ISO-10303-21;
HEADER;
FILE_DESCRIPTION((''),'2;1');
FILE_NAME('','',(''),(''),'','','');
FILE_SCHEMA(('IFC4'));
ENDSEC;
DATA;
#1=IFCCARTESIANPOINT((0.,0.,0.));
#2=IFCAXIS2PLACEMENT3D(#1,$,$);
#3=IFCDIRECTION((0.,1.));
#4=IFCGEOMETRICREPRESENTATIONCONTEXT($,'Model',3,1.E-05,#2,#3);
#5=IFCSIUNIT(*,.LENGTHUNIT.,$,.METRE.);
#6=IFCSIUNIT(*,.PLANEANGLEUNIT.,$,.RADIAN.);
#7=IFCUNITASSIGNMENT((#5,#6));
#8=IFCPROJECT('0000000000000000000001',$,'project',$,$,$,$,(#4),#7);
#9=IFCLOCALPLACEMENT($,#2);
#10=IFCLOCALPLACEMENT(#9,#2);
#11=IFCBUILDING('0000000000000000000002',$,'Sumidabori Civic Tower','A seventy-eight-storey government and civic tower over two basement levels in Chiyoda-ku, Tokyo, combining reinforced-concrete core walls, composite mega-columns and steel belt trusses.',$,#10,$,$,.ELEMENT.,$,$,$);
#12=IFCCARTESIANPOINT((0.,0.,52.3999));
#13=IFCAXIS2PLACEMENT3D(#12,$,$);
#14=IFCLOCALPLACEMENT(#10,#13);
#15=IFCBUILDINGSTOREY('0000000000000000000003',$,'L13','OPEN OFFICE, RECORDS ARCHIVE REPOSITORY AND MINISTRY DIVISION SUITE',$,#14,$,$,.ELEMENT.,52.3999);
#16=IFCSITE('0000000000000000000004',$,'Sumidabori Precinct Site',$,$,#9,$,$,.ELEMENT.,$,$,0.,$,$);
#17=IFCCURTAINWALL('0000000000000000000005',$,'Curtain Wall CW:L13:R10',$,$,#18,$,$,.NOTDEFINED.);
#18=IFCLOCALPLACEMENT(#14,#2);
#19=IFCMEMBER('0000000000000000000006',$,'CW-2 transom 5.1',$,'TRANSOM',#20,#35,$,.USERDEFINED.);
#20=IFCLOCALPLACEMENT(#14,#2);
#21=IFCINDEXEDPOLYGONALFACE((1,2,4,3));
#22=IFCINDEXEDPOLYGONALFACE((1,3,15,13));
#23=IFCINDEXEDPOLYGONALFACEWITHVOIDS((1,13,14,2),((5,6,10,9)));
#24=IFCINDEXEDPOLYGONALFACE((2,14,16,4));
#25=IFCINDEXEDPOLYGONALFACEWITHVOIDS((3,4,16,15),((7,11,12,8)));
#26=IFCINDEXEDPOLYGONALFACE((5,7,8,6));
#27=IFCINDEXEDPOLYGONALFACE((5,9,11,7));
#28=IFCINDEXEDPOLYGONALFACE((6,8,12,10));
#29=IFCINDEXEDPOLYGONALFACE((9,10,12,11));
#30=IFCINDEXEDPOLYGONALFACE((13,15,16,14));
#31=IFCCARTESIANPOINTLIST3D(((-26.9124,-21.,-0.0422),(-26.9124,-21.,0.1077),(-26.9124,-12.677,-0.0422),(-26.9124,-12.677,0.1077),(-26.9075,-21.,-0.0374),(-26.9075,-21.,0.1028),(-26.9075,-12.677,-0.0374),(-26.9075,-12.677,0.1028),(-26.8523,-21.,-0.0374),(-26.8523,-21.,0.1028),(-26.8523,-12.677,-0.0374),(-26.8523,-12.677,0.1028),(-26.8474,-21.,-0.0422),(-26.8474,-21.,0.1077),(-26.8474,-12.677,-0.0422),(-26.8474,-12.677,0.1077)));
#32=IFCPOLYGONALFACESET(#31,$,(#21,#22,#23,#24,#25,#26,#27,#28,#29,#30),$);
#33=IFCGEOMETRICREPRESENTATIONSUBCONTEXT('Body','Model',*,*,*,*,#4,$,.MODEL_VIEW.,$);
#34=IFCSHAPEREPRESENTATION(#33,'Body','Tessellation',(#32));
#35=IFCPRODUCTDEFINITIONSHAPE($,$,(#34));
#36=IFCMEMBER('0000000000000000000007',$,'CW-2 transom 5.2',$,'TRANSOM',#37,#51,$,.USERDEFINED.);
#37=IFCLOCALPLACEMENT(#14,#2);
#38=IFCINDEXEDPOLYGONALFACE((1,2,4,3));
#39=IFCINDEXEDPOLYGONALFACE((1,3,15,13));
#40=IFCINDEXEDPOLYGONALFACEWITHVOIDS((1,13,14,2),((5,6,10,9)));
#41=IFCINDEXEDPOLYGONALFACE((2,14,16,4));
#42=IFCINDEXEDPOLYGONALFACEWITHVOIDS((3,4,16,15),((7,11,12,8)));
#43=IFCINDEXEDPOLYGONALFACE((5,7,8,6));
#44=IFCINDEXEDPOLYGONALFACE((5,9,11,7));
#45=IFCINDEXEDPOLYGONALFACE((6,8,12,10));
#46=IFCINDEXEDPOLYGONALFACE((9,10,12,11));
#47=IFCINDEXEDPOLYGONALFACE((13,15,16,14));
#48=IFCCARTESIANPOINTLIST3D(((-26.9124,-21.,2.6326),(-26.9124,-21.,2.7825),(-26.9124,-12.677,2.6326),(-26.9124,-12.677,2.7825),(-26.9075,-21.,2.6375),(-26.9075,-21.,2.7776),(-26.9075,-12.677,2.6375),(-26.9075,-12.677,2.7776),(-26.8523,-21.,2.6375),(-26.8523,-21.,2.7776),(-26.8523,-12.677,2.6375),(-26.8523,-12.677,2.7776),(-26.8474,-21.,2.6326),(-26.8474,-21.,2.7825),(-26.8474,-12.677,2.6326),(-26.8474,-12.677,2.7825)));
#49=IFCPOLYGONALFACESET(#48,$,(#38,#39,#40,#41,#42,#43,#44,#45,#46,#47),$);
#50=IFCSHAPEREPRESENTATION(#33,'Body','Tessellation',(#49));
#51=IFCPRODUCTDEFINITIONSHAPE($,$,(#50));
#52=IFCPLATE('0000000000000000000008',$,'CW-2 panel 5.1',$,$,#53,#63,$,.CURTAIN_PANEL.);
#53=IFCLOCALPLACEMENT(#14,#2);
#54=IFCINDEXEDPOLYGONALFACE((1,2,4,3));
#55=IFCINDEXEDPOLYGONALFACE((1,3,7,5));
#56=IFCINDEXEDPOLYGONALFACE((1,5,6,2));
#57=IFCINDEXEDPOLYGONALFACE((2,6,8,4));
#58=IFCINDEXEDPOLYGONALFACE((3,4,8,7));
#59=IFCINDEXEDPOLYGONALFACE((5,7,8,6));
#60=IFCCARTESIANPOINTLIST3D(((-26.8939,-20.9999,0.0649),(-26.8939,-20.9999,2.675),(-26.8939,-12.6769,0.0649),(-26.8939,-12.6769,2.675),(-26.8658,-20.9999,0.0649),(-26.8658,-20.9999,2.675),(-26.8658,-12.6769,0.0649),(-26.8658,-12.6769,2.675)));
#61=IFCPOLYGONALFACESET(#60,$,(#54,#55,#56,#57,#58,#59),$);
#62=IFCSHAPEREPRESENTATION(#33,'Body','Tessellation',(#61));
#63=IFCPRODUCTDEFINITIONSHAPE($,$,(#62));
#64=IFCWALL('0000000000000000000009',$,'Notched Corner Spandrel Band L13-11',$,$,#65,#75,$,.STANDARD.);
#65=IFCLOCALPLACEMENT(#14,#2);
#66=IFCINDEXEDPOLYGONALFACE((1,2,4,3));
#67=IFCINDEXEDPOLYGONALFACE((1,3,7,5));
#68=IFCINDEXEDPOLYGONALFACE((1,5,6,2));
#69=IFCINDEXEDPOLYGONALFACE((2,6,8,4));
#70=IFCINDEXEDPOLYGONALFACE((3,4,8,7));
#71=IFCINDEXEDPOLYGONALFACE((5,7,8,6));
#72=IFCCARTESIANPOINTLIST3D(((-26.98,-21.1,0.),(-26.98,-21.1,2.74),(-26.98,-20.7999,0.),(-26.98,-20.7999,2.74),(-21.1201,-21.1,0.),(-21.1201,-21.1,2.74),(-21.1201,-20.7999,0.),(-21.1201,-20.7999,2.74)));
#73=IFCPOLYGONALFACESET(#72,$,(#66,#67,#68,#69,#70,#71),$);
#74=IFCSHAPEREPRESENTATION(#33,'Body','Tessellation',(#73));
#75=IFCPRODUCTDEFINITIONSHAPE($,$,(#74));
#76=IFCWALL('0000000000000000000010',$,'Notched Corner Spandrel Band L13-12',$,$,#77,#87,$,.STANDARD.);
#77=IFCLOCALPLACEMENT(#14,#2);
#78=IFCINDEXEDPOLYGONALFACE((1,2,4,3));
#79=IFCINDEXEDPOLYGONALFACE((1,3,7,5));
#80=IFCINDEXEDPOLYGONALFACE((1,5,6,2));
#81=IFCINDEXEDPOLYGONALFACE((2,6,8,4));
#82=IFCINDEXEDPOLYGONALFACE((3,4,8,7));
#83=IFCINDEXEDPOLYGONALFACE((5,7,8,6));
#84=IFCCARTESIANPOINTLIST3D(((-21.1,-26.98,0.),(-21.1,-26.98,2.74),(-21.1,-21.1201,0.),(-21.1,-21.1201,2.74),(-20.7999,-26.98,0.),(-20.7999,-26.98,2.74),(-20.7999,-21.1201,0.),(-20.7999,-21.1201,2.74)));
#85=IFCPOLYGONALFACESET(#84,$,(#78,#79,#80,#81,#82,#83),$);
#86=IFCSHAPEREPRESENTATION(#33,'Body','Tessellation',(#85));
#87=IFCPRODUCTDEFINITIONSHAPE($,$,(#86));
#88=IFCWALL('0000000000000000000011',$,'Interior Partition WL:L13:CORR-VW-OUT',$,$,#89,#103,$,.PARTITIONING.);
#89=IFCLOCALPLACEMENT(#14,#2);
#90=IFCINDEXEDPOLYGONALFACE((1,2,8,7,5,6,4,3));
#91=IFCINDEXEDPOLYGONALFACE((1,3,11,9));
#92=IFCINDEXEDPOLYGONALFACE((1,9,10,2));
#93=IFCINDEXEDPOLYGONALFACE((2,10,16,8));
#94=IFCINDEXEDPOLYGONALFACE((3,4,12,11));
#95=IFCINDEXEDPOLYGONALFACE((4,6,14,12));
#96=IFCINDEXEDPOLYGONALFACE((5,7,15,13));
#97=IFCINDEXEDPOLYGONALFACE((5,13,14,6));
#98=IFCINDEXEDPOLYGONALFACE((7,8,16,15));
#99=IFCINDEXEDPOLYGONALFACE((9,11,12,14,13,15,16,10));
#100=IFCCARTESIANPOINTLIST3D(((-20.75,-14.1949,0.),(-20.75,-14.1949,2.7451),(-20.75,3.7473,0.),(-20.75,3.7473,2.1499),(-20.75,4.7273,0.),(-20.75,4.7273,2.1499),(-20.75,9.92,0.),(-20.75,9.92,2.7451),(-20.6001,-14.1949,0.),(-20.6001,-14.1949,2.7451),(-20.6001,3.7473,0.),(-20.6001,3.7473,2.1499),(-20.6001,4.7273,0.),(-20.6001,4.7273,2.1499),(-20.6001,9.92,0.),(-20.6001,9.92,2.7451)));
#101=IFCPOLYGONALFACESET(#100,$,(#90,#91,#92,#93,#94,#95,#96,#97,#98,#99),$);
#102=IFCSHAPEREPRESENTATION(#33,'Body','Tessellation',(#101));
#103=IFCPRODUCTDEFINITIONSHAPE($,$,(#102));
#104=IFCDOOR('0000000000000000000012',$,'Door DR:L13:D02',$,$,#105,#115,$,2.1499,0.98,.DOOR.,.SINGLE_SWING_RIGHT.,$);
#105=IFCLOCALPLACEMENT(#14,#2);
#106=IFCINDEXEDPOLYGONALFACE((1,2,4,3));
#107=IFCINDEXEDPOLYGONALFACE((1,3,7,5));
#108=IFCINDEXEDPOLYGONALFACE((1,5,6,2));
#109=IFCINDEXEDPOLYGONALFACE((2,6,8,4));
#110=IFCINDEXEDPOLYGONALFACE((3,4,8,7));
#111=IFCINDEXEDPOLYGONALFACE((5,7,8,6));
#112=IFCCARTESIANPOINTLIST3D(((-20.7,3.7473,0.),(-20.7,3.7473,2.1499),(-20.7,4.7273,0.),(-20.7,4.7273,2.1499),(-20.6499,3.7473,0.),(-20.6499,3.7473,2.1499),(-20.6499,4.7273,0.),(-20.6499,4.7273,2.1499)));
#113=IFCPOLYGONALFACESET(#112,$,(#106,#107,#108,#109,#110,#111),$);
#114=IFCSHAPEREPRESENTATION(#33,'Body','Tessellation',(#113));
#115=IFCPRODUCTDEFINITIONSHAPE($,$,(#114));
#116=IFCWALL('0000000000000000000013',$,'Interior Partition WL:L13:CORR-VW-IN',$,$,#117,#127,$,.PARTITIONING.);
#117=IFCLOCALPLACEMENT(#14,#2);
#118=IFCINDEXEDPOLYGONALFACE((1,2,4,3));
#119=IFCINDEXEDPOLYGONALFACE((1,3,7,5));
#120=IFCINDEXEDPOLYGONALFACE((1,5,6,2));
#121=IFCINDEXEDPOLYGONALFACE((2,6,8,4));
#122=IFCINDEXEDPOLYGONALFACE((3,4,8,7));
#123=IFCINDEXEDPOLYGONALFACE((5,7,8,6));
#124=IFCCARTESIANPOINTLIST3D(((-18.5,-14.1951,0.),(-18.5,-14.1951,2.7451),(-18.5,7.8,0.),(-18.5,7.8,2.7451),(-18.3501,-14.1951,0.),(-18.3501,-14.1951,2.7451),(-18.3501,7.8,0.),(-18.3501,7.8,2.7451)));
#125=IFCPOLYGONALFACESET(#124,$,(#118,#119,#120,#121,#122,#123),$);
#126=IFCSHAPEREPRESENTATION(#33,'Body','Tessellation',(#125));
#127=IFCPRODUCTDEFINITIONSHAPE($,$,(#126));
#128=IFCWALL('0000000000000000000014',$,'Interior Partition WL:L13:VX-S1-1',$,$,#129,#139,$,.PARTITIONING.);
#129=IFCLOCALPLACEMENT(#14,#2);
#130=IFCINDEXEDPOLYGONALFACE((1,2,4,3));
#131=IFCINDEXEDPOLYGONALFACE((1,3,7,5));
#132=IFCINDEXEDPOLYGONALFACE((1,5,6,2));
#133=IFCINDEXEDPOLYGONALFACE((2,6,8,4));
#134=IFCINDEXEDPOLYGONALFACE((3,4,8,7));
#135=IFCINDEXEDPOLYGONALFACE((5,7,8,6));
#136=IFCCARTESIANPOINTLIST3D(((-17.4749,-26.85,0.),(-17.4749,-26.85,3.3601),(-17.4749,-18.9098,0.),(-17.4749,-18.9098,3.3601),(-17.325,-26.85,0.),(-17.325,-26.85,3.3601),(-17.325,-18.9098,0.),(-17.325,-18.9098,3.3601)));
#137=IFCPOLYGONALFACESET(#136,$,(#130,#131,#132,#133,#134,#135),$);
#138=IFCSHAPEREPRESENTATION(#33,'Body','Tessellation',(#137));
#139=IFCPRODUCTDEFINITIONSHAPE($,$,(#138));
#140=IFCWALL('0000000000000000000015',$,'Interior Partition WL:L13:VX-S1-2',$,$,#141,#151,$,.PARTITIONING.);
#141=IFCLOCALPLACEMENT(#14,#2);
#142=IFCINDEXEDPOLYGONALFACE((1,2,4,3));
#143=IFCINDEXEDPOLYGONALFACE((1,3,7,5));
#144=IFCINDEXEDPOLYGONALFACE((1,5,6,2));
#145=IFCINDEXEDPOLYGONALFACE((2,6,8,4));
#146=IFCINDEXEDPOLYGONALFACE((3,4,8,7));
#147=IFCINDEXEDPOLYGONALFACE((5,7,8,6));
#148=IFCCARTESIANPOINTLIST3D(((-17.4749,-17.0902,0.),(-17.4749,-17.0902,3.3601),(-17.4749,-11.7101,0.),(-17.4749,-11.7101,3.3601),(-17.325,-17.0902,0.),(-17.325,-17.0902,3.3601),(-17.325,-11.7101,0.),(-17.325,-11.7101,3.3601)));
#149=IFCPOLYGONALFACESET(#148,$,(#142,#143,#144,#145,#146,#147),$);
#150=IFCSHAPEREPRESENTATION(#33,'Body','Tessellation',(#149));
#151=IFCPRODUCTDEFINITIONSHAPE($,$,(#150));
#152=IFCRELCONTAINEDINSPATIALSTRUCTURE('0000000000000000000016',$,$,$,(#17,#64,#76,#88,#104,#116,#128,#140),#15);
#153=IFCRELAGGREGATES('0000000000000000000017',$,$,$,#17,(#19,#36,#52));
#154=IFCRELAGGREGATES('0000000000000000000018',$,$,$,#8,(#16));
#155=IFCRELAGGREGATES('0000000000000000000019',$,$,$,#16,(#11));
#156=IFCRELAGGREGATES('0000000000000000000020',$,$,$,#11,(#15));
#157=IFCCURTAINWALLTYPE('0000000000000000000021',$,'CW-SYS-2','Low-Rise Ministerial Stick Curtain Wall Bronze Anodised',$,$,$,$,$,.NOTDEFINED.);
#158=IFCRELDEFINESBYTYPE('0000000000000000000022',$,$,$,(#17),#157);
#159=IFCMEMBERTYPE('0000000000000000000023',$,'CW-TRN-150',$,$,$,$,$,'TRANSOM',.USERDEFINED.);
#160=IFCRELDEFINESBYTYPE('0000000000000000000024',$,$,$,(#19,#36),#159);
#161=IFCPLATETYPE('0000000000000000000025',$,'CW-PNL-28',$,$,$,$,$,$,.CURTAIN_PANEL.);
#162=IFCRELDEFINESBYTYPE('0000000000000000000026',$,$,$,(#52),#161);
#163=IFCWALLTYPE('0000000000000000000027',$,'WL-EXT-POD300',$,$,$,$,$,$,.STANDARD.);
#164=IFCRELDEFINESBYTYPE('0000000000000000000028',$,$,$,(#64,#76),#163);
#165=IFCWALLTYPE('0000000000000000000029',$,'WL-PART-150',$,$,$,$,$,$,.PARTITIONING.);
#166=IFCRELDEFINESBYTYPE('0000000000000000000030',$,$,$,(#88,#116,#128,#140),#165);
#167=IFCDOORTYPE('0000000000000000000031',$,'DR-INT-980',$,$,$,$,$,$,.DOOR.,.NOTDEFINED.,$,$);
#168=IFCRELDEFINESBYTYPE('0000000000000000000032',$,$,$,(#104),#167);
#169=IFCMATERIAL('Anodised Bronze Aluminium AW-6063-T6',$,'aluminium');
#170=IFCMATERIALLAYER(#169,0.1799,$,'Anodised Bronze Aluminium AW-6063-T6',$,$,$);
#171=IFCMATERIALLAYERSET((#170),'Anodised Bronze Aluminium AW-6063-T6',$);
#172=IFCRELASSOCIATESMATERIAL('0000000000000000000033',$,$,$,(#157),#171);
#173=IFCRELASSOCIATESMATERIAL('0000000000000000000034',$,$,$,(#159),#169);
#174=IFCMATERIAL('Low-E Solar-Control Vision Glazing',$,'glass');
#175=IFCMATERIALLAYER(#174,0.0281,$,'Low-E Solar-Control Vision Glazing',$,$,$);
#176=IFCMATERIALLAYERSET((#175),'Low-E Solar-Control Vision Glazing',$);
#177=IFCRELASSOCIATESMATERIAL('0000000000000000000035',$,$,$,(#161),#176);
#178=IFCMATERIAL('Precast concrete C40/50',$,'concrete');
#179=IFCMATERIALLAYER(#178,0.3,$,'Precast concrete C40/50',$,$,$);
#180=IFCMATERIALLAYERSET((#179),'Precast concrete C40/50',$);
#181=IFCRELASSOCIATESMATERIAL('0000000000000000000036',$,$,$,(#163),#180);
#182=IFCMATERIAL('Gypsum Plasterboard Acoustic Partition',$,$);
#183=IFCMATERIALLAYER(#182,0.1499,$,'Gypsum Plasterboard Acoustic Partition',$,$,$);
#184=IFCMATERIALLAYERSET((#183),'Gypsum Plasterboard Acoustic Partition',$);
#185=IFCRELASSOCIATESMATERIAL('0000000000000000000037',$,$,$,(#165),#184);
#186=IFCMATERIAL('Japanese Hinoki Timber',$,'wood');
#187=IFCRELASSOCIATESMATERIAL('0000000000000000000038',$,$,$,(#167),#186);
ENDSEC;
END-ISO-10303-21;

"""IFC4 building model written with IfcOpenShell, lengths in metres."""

from ifc_helpers import new_model, si_unit, direction, frame, frame_2d, origin, origin_2d, place, context, subcontext, project, spatial, rectangle, hollow_rectangle, extrude, source, transform, mapped, material, layer, layer_set, material_profile, profile_set, type_object, element, fill, aggregate, save


model = new_model("IFC4")

# Units and contexts
model_context = context("Model", 3, precision=1e-05, world=origin(), true_north=direction((0.0, 1.0)))
body_context = subcontext(model_context, "Body", "Model", "MODEL_VIEW")
ifc_project = project(units=[si_unit("LENGTHUNIT", "METRE"), si_unit("PLANEANGLEUNIT", "RADIAN")], contexts=[model_context])

# Site, building, storey
site_placement = place(None, origin())
site = spatial("IfcSite", under=ifc_project, at=site_placement, Name="Sumidabori Precinct Site", CompositionType="ELEMENT", RefElevation=0.0)
building_placement = place(site_placement, origin())
building = spatial("IfcBuilding", under=site, at=building_placement, Name="Sumidabori Civic Tower", Description="A seventy-eight-storey government and civic tower over two basement levels in Chiyoda-ku, Tokyo, combining reinforced-concrete core walls, composite mega-columns and steel belt trusses.", CompositionType="ELEMENT")
storey_placement = place(building_placement, frame((0.0, 0.0, 52.3999)))
storey = spatial("IfcBuildingStorey", under=building, at=storey_placement, Name="L13", Description="OPEN OFFICE, RECORDS ARCHIVE REPOSITORY AND MINISTRY DIVISION SUITE", CompositionType="ELEMENT", Elevation=52.3999)

# Shared definitions
ifc_material_1 = material(Name="Anodised Bronze Aluminium AW-6063-T6", Category="aluminium")
ifc_layer_1 = layer(ifc_material_1, 0.1799, Name="Anodised Bronze Aluminium AW-6063-T6")
ifc_layer_set_1 = layer_set([ifc_layer_1], Name="Anodised Bronze Aluminium AW-6063-T6")
curtain_wall_type = type_object("IfcCurtainWallType", Name="CW-SYS-2", Description="Low-Rise Ministerial Stick Curtain Wall Bronze Anodised", PredefinedType="NOTDEFINED", material=ifc_layer_set_1)

# Curtain wall
curtain_wall_1_placement = place(storey_placement, origin())
curtain_wall_1 = element("IfcCurtainWall", 1, at=curtain_wall_1_placement, inside=storey, type_object=curtain_wall_type, Name="Curtain Wall CW:L13:R10", PredefinedType="NOTDEFINED")

# Members
ifc_material_profile_1 = material_profile(ifc_material_1, hollow_rectangle(XDim=0.0649, YDim=0.1499, WallThickness=0.0049, at=origin_2d()), Name="ALU TRANSOM 150x65")
ifc_profile_set_1 = profile_set([ifc_material_profile_1], Name="Anodised Bronze Aluminium AW-6063-T6")
member_type_1 = type_object("IfcMemberType", Name="CW-TRN-150", ElementType="TRANSOM", PredefinedType="USERDEFINED", material=ifc_profile_set_1)
shared_shape_1 = source(origin(), body_context, "Body", "SweptSolid", [
    extrude(hollow_rectangle(XDim=0.0649, YDim=0.1499, WallThickness=0.0049, at=origin_2d()), origin(), (0.0, 0.0, 1.0), 8.323),
])
member_1_placement = place(storey_placement, frame((-26.8799, -12.677, 0.0327), z_axis=(0.0, -1.0, 0.0), x_axis=(1.0, 0.0, 0.0)))
member_1 = element("IfcMember", 2, at=member_1_placement, type_object=member_type_1, Name="CW-2 transom 5.1", ObjectType="TRANSOM", PredefinedType="USERDEFINED", context=body_context, shape_type="MappedRepresentation", body=[
    mapped(shared_shape_1, transform((0.0, 0.0, 0.0), x_axis=(1.0, 0.0, 0.0), y_axis=(0.0, 1.0, 0.0), z_axis=(0.0, 0.0, 1.0), scale=1.0)),
])
member_2_placement = place(storey_placement, frame((-26.8799, -12.677, 2.7075), z_axis=(0.0, -1.0, 0.0), x_axis=(1.0, 0.0, 0.0)))
member_2 = element("IfcMember", 3, at=member_2_placement, type_object=member_type_1, Name="CW-2 transom 5.2", ObjectType="TRANSOM", PredefinedType="USERDEFINED", context=body_context, shape_type="MappedRepresentation", body=[
    mapped(shared_shape_1, transform((0.0, 0.0, 0.0), x_axis=(1.0, 0.0, 0.0), y_axis=(0.0, 1.0, 0.0), z_axis=(0.0, 0.0, 1.0), scale=1.0)),
])

# Plate
ifc_material_2 = material(Name="Low-E Solar-Control Vision Glazing", Category="glass")
ifc_layer_2 = layer(ifc_material_2, 0.0281, Name="Low-E Solar-Control Vision Glazing")
ifc_layer_set_2 = layer_set([ifc_layer_2], Name="Low-E Solar-Control Vision Glazing")
plate_type = type_object("IfcPlateType", Name="CW-PNL-28", PredefinedType="CURTAIN_PANEL", material=ifc_layer_set_2)
shared_shape_2 = source(origin(), body_context, "Body", "SweptSolid", [
    extrude(rectangle(XDim=8.323, YDim=0.0281, at=origin_2d()), origin(), (0.0, 0.0, 1.0), 2.6101),
])
plate_placement = place(storey_placement, frame((-26.8799, -16.8384, 0.0649), z_axis=(0.0, 0.0, 1.0), x_axis=(0.0, -1.0, 0.0)))
plate = element("IfcPlate", 4, at=plate_placement, type_object=plate_type, Name="CW-2 panel 5.1", PredefinedType="CURTAIN_PANEL", context=body_context, shape_type="MappedRepresentation", body=[
    mapped(shared_shape_2, transform((0.0, 0.0, 0.0), x_axis=(1.0, 0.0, 0.0), y_axis=(0.0, 1.0, 0.0), z_axis=(0.0, 0.0, 1.0), scale=1.0)),
])
aggregate(curtain_wall_1, [member_1, member_2, plate])

# Walls
ifc_material_3 = material(Name="Precast concrete C40/50", Category="concrete")
ifc_layer_3 = layer(ifc_material_3, 0.3, Name="Precast concrete C40/50")
ifc_layer_set_3 = layer_set([ifc_layer_3], Name="Precast concrete C40/50")
wall_type_1 = type_object("IfcWallType", Name="WL-EXT-POD300", PredefinedType="STANDARD", material=ifc_layer_set_3)
shared_shape_3 = source(origin(), body_context, "Body", "SweptSolid", [
    extrude(rectangle(XDim=5.8599, YDim=0.3, at=frame_2d((2.9299, 0.0))), origin(), (0.0, 0.0, 1.0), 2.74),
])
for number, where, z_axis, x_axis, name in (
    (5, (-26.98, -20.95, 0.0), (0.0, 0.0, 1.0), (1.0, 0.0, 0.0), "Notched Corner Spandrel Band L13-11"),
    (6, (-20.95, -21.1201, 0.0), (0.0, 0.0, 1.0), (0.0, -1.0, 0.0), "Notched Corner Spandrel Band L13-12"),
):
    element("IfcWall", number, at=place(storey_placement, frame(where, z_axis=z_axis, x_axis=x_axis)), inside=storey, type_object=wall_type_1, Name=name, PredefinedType="STANDARD", context=body_context, shape_type="MappedRepresentation", body=[
        mapped(shared_shape_3, transform((0.0, 0.0, 0.0), x_axis=(1.0, 0.0, 0.0), y_axis=(0.0, 1.0, 0.0), z_axis=(0.0, 0.0, 1.0), scale=1.0)),
    ])

# Wall, opening, door
ifc_material_4 = material(Name="Gypsum Plasterboard Acoustic Partition")
ifc_layer_4 = layer(ifc_material_4, 0.1499, Name="Gypsum Plasterboard Acoustic Partition")
ifc_layer_set_4 = layer_set([ifc_layer_4], Name="Gypsum Plasterboard Acoustic Partition")
wall_type_2 = type_object("IfcWallType", Name="WL-PART-150", PredefinedType="PARTITIONING", material=ifc_layer_set_4)
shared_shape_4 = source(origin(), body_context, "Body", "SweptSolid", [
    extrude(rectangle(XDim=24.115, YDim=0.1499, at=frame_2d((12.0576, 0.0))), origin(), (0.0, 0.0, 1.0), 2.7451),
])
wall_1_placement = place(storey_placement, frame((-20.675, -14.1951, 0.0), z_axis=(0.0, 0.0, 1.0), x_axis=(0.0, 1.0, 0.0)))
wall_1 = element("IfcWall", 7, at=wall_1_placement, inside=storey, type_object=wall_type_2, Name="Interior Partition WL:L13:CORR-VW-OUT", PredefinedType="PARTITIONING", context=body_context, shape_type="MappedRepresentation", body=[
    mapped(shared_shape_4, transform((0.0, 0.0, 0.0), x_axis=(1.0, 0.0, 0.0), y_axis=(0.0, 1.0, 0.0), z_axis=(0.0, 0.0, 1.0), scale=1.0)),
])
opening_1_placement = place(wall_1_placement, frame((17.9424, 0.0, 0.0)))
opening_1 = element("IfcOpeningElement", 8, at=opening_1_placement, cuts=wall_1, PredefinedType="OPENING", context=body_context, shape_type="SweptSolid", body=[
    extrude(rectangle(XDim=0.98, YDim=2.1499, at=frame_2d((0.49, 1.075))), frame((0.0, 0.0869, 0.0), z_axis=(0.0, -1.0, 0.0), x_axis=(1.0, 0.0, 0.0)), (0.0, 0.0, 1.0), 0.1738),
])
ifc_material_5 = material(Name="Japanese Hinoki Timber", Category="wood")
door_type = type_object("IfcDoorType", Name="DR-INT-980", OperationType="NOTDEFINED", PredefinedType="DOOR", material=ifc_material_5)
shared_shape_5 = source(origin(), body_context, "Body", "SweptSolid", [
    extrude(rectangle(XDim=0.98, YDim=2.1499, at=frame_2d((0.49, 1.075))), frame((0.0, 0.0249, 0.0), z_axis=(0.0, -1.0, 0.0), x_axis=(1.0, 0.0, 0.0)), (0.0, 0.0, 1.0), 0.05),
])
door_1_placement = place(opening_1_placement, origin())
door_1 = element("IfcDoor", 9, at=door_1_placement, inside=storey, type_object=door_type, Name="Door DR:L13:D02", OperationType="SINGLE_SWING_RIGHT", OverallHeight=2.1499, OverallWidth=0.98, PredefinedType="DOOR", context=body_context, shape_type="MappedRepresentation", body=[
    mapped(shared_shape_5, transform((0.0, 0.0, 0.0), x_axis=(1.0, 0.0, 0.0), y_axis=(0.0, 1.0, 0.0), z_axis=(0.0, 0.0, 1.0), scale=1.0)),
])
fill(opening_1, door_1)

# Walls
shared_shape_6 = source(origin(), body_context, "Body", "SweptSolid", [
    extrude(rectangle(XDim=21.9951, YDim=0.1499, at=frame_2d((10.9976, 0.0))), origin(), (0.0, 0.0, 1.0), 2.7451),
])
wall_2_placement = place(storey_placement, frame((-18.425, -14.1951, 0.0), z_axis=(0.0, 0.0, 1.0), x_axis=(0.0, 1.0, 0.0)))
element("IfcWall", 10, at=wall_2_placement, inside=storey, type_object=wall_type_2, Name="Interior Partition WL:L13:CORR-VW-IN", PredefinedType="PARTITIONING", context=body_context, shape_type="MappedRepresentation", body=[
    mapped(shared_shape_6, transform((0.0, 0.0, 0.0), x_axis=(1.0, 0.0, 0.0), y_axis=(0.0, 1.0, 0.0), z_axis=(0.0, 0.0, 1.0), scale=1.0)),
])
shared_shape_7 = source(origin(), body_context, "Body", "SweptSolid", [
    extrude(rectangle(XDim=7.9402, YDim=0.1499, at=frame_2d((3.9702, 0.0))), origin(), (0.0, 0.0, 1.0), 3.3601),
])
wall_3_placement = place(storey_placement, frame((-17.3999, -26.8501, 0.0), z_axis=(0.0, 0.0, 1.0), x_axis=(0.0, 1.0, 0.0)))
element("IfcWall", 11, at=wall_3_placement, inside=storey, type_object=wall_type_2, Name="Interior Partition WL:L13:VX-S1-1", PredefinedType="PARTITIONING", context=body_context, shape_type="MappedRepresentation", body=[
    mapped(shared_shape_7, transform((0.0, 0.0, 0.0), x_axis=(1.0, 0.0, 0.0), y_axis=(0.0, 1.0, 0.0), z_axis=(0.0, 0.0, 1.0), scale=1.0)),
])
shared_shape_8 = source(origin(), body_context, "Body", "SweptSolid", [
    extrude(rectangle(XDim=5.3801, YDim=0.1499, at=frame_2d((2.6899, 0.0))), origin(), (0.0, 0.0, 1.0), 3.3601),
])
wall_4_placement = place(storey_placement, frame((-17.3999, -17.0901, 0.0), z_axis=(0.0, 0.0, 1.0), x_axis=(0.0, 1.0, 0.0)))
element("IfcWall", 12, at=wall_4_placement, inside=storey, type_object=wall_type_2, Name="Interior Partition WL:L13:VX-S1-2", PredefinedType="PARTITIONING", context=body_context, shape_type="MappedRepresentation", body=[
    mapped(shared_shape_8, transform((0.0, 0.0, 0.0), x_axis=(1.0, 0.0, 0.0), y_axis=(0.0, 1.0, 0.0), z_axis=(0.0, 0.0, 1.0), scale=1.0)),
])

save(model, "model.ifc")
